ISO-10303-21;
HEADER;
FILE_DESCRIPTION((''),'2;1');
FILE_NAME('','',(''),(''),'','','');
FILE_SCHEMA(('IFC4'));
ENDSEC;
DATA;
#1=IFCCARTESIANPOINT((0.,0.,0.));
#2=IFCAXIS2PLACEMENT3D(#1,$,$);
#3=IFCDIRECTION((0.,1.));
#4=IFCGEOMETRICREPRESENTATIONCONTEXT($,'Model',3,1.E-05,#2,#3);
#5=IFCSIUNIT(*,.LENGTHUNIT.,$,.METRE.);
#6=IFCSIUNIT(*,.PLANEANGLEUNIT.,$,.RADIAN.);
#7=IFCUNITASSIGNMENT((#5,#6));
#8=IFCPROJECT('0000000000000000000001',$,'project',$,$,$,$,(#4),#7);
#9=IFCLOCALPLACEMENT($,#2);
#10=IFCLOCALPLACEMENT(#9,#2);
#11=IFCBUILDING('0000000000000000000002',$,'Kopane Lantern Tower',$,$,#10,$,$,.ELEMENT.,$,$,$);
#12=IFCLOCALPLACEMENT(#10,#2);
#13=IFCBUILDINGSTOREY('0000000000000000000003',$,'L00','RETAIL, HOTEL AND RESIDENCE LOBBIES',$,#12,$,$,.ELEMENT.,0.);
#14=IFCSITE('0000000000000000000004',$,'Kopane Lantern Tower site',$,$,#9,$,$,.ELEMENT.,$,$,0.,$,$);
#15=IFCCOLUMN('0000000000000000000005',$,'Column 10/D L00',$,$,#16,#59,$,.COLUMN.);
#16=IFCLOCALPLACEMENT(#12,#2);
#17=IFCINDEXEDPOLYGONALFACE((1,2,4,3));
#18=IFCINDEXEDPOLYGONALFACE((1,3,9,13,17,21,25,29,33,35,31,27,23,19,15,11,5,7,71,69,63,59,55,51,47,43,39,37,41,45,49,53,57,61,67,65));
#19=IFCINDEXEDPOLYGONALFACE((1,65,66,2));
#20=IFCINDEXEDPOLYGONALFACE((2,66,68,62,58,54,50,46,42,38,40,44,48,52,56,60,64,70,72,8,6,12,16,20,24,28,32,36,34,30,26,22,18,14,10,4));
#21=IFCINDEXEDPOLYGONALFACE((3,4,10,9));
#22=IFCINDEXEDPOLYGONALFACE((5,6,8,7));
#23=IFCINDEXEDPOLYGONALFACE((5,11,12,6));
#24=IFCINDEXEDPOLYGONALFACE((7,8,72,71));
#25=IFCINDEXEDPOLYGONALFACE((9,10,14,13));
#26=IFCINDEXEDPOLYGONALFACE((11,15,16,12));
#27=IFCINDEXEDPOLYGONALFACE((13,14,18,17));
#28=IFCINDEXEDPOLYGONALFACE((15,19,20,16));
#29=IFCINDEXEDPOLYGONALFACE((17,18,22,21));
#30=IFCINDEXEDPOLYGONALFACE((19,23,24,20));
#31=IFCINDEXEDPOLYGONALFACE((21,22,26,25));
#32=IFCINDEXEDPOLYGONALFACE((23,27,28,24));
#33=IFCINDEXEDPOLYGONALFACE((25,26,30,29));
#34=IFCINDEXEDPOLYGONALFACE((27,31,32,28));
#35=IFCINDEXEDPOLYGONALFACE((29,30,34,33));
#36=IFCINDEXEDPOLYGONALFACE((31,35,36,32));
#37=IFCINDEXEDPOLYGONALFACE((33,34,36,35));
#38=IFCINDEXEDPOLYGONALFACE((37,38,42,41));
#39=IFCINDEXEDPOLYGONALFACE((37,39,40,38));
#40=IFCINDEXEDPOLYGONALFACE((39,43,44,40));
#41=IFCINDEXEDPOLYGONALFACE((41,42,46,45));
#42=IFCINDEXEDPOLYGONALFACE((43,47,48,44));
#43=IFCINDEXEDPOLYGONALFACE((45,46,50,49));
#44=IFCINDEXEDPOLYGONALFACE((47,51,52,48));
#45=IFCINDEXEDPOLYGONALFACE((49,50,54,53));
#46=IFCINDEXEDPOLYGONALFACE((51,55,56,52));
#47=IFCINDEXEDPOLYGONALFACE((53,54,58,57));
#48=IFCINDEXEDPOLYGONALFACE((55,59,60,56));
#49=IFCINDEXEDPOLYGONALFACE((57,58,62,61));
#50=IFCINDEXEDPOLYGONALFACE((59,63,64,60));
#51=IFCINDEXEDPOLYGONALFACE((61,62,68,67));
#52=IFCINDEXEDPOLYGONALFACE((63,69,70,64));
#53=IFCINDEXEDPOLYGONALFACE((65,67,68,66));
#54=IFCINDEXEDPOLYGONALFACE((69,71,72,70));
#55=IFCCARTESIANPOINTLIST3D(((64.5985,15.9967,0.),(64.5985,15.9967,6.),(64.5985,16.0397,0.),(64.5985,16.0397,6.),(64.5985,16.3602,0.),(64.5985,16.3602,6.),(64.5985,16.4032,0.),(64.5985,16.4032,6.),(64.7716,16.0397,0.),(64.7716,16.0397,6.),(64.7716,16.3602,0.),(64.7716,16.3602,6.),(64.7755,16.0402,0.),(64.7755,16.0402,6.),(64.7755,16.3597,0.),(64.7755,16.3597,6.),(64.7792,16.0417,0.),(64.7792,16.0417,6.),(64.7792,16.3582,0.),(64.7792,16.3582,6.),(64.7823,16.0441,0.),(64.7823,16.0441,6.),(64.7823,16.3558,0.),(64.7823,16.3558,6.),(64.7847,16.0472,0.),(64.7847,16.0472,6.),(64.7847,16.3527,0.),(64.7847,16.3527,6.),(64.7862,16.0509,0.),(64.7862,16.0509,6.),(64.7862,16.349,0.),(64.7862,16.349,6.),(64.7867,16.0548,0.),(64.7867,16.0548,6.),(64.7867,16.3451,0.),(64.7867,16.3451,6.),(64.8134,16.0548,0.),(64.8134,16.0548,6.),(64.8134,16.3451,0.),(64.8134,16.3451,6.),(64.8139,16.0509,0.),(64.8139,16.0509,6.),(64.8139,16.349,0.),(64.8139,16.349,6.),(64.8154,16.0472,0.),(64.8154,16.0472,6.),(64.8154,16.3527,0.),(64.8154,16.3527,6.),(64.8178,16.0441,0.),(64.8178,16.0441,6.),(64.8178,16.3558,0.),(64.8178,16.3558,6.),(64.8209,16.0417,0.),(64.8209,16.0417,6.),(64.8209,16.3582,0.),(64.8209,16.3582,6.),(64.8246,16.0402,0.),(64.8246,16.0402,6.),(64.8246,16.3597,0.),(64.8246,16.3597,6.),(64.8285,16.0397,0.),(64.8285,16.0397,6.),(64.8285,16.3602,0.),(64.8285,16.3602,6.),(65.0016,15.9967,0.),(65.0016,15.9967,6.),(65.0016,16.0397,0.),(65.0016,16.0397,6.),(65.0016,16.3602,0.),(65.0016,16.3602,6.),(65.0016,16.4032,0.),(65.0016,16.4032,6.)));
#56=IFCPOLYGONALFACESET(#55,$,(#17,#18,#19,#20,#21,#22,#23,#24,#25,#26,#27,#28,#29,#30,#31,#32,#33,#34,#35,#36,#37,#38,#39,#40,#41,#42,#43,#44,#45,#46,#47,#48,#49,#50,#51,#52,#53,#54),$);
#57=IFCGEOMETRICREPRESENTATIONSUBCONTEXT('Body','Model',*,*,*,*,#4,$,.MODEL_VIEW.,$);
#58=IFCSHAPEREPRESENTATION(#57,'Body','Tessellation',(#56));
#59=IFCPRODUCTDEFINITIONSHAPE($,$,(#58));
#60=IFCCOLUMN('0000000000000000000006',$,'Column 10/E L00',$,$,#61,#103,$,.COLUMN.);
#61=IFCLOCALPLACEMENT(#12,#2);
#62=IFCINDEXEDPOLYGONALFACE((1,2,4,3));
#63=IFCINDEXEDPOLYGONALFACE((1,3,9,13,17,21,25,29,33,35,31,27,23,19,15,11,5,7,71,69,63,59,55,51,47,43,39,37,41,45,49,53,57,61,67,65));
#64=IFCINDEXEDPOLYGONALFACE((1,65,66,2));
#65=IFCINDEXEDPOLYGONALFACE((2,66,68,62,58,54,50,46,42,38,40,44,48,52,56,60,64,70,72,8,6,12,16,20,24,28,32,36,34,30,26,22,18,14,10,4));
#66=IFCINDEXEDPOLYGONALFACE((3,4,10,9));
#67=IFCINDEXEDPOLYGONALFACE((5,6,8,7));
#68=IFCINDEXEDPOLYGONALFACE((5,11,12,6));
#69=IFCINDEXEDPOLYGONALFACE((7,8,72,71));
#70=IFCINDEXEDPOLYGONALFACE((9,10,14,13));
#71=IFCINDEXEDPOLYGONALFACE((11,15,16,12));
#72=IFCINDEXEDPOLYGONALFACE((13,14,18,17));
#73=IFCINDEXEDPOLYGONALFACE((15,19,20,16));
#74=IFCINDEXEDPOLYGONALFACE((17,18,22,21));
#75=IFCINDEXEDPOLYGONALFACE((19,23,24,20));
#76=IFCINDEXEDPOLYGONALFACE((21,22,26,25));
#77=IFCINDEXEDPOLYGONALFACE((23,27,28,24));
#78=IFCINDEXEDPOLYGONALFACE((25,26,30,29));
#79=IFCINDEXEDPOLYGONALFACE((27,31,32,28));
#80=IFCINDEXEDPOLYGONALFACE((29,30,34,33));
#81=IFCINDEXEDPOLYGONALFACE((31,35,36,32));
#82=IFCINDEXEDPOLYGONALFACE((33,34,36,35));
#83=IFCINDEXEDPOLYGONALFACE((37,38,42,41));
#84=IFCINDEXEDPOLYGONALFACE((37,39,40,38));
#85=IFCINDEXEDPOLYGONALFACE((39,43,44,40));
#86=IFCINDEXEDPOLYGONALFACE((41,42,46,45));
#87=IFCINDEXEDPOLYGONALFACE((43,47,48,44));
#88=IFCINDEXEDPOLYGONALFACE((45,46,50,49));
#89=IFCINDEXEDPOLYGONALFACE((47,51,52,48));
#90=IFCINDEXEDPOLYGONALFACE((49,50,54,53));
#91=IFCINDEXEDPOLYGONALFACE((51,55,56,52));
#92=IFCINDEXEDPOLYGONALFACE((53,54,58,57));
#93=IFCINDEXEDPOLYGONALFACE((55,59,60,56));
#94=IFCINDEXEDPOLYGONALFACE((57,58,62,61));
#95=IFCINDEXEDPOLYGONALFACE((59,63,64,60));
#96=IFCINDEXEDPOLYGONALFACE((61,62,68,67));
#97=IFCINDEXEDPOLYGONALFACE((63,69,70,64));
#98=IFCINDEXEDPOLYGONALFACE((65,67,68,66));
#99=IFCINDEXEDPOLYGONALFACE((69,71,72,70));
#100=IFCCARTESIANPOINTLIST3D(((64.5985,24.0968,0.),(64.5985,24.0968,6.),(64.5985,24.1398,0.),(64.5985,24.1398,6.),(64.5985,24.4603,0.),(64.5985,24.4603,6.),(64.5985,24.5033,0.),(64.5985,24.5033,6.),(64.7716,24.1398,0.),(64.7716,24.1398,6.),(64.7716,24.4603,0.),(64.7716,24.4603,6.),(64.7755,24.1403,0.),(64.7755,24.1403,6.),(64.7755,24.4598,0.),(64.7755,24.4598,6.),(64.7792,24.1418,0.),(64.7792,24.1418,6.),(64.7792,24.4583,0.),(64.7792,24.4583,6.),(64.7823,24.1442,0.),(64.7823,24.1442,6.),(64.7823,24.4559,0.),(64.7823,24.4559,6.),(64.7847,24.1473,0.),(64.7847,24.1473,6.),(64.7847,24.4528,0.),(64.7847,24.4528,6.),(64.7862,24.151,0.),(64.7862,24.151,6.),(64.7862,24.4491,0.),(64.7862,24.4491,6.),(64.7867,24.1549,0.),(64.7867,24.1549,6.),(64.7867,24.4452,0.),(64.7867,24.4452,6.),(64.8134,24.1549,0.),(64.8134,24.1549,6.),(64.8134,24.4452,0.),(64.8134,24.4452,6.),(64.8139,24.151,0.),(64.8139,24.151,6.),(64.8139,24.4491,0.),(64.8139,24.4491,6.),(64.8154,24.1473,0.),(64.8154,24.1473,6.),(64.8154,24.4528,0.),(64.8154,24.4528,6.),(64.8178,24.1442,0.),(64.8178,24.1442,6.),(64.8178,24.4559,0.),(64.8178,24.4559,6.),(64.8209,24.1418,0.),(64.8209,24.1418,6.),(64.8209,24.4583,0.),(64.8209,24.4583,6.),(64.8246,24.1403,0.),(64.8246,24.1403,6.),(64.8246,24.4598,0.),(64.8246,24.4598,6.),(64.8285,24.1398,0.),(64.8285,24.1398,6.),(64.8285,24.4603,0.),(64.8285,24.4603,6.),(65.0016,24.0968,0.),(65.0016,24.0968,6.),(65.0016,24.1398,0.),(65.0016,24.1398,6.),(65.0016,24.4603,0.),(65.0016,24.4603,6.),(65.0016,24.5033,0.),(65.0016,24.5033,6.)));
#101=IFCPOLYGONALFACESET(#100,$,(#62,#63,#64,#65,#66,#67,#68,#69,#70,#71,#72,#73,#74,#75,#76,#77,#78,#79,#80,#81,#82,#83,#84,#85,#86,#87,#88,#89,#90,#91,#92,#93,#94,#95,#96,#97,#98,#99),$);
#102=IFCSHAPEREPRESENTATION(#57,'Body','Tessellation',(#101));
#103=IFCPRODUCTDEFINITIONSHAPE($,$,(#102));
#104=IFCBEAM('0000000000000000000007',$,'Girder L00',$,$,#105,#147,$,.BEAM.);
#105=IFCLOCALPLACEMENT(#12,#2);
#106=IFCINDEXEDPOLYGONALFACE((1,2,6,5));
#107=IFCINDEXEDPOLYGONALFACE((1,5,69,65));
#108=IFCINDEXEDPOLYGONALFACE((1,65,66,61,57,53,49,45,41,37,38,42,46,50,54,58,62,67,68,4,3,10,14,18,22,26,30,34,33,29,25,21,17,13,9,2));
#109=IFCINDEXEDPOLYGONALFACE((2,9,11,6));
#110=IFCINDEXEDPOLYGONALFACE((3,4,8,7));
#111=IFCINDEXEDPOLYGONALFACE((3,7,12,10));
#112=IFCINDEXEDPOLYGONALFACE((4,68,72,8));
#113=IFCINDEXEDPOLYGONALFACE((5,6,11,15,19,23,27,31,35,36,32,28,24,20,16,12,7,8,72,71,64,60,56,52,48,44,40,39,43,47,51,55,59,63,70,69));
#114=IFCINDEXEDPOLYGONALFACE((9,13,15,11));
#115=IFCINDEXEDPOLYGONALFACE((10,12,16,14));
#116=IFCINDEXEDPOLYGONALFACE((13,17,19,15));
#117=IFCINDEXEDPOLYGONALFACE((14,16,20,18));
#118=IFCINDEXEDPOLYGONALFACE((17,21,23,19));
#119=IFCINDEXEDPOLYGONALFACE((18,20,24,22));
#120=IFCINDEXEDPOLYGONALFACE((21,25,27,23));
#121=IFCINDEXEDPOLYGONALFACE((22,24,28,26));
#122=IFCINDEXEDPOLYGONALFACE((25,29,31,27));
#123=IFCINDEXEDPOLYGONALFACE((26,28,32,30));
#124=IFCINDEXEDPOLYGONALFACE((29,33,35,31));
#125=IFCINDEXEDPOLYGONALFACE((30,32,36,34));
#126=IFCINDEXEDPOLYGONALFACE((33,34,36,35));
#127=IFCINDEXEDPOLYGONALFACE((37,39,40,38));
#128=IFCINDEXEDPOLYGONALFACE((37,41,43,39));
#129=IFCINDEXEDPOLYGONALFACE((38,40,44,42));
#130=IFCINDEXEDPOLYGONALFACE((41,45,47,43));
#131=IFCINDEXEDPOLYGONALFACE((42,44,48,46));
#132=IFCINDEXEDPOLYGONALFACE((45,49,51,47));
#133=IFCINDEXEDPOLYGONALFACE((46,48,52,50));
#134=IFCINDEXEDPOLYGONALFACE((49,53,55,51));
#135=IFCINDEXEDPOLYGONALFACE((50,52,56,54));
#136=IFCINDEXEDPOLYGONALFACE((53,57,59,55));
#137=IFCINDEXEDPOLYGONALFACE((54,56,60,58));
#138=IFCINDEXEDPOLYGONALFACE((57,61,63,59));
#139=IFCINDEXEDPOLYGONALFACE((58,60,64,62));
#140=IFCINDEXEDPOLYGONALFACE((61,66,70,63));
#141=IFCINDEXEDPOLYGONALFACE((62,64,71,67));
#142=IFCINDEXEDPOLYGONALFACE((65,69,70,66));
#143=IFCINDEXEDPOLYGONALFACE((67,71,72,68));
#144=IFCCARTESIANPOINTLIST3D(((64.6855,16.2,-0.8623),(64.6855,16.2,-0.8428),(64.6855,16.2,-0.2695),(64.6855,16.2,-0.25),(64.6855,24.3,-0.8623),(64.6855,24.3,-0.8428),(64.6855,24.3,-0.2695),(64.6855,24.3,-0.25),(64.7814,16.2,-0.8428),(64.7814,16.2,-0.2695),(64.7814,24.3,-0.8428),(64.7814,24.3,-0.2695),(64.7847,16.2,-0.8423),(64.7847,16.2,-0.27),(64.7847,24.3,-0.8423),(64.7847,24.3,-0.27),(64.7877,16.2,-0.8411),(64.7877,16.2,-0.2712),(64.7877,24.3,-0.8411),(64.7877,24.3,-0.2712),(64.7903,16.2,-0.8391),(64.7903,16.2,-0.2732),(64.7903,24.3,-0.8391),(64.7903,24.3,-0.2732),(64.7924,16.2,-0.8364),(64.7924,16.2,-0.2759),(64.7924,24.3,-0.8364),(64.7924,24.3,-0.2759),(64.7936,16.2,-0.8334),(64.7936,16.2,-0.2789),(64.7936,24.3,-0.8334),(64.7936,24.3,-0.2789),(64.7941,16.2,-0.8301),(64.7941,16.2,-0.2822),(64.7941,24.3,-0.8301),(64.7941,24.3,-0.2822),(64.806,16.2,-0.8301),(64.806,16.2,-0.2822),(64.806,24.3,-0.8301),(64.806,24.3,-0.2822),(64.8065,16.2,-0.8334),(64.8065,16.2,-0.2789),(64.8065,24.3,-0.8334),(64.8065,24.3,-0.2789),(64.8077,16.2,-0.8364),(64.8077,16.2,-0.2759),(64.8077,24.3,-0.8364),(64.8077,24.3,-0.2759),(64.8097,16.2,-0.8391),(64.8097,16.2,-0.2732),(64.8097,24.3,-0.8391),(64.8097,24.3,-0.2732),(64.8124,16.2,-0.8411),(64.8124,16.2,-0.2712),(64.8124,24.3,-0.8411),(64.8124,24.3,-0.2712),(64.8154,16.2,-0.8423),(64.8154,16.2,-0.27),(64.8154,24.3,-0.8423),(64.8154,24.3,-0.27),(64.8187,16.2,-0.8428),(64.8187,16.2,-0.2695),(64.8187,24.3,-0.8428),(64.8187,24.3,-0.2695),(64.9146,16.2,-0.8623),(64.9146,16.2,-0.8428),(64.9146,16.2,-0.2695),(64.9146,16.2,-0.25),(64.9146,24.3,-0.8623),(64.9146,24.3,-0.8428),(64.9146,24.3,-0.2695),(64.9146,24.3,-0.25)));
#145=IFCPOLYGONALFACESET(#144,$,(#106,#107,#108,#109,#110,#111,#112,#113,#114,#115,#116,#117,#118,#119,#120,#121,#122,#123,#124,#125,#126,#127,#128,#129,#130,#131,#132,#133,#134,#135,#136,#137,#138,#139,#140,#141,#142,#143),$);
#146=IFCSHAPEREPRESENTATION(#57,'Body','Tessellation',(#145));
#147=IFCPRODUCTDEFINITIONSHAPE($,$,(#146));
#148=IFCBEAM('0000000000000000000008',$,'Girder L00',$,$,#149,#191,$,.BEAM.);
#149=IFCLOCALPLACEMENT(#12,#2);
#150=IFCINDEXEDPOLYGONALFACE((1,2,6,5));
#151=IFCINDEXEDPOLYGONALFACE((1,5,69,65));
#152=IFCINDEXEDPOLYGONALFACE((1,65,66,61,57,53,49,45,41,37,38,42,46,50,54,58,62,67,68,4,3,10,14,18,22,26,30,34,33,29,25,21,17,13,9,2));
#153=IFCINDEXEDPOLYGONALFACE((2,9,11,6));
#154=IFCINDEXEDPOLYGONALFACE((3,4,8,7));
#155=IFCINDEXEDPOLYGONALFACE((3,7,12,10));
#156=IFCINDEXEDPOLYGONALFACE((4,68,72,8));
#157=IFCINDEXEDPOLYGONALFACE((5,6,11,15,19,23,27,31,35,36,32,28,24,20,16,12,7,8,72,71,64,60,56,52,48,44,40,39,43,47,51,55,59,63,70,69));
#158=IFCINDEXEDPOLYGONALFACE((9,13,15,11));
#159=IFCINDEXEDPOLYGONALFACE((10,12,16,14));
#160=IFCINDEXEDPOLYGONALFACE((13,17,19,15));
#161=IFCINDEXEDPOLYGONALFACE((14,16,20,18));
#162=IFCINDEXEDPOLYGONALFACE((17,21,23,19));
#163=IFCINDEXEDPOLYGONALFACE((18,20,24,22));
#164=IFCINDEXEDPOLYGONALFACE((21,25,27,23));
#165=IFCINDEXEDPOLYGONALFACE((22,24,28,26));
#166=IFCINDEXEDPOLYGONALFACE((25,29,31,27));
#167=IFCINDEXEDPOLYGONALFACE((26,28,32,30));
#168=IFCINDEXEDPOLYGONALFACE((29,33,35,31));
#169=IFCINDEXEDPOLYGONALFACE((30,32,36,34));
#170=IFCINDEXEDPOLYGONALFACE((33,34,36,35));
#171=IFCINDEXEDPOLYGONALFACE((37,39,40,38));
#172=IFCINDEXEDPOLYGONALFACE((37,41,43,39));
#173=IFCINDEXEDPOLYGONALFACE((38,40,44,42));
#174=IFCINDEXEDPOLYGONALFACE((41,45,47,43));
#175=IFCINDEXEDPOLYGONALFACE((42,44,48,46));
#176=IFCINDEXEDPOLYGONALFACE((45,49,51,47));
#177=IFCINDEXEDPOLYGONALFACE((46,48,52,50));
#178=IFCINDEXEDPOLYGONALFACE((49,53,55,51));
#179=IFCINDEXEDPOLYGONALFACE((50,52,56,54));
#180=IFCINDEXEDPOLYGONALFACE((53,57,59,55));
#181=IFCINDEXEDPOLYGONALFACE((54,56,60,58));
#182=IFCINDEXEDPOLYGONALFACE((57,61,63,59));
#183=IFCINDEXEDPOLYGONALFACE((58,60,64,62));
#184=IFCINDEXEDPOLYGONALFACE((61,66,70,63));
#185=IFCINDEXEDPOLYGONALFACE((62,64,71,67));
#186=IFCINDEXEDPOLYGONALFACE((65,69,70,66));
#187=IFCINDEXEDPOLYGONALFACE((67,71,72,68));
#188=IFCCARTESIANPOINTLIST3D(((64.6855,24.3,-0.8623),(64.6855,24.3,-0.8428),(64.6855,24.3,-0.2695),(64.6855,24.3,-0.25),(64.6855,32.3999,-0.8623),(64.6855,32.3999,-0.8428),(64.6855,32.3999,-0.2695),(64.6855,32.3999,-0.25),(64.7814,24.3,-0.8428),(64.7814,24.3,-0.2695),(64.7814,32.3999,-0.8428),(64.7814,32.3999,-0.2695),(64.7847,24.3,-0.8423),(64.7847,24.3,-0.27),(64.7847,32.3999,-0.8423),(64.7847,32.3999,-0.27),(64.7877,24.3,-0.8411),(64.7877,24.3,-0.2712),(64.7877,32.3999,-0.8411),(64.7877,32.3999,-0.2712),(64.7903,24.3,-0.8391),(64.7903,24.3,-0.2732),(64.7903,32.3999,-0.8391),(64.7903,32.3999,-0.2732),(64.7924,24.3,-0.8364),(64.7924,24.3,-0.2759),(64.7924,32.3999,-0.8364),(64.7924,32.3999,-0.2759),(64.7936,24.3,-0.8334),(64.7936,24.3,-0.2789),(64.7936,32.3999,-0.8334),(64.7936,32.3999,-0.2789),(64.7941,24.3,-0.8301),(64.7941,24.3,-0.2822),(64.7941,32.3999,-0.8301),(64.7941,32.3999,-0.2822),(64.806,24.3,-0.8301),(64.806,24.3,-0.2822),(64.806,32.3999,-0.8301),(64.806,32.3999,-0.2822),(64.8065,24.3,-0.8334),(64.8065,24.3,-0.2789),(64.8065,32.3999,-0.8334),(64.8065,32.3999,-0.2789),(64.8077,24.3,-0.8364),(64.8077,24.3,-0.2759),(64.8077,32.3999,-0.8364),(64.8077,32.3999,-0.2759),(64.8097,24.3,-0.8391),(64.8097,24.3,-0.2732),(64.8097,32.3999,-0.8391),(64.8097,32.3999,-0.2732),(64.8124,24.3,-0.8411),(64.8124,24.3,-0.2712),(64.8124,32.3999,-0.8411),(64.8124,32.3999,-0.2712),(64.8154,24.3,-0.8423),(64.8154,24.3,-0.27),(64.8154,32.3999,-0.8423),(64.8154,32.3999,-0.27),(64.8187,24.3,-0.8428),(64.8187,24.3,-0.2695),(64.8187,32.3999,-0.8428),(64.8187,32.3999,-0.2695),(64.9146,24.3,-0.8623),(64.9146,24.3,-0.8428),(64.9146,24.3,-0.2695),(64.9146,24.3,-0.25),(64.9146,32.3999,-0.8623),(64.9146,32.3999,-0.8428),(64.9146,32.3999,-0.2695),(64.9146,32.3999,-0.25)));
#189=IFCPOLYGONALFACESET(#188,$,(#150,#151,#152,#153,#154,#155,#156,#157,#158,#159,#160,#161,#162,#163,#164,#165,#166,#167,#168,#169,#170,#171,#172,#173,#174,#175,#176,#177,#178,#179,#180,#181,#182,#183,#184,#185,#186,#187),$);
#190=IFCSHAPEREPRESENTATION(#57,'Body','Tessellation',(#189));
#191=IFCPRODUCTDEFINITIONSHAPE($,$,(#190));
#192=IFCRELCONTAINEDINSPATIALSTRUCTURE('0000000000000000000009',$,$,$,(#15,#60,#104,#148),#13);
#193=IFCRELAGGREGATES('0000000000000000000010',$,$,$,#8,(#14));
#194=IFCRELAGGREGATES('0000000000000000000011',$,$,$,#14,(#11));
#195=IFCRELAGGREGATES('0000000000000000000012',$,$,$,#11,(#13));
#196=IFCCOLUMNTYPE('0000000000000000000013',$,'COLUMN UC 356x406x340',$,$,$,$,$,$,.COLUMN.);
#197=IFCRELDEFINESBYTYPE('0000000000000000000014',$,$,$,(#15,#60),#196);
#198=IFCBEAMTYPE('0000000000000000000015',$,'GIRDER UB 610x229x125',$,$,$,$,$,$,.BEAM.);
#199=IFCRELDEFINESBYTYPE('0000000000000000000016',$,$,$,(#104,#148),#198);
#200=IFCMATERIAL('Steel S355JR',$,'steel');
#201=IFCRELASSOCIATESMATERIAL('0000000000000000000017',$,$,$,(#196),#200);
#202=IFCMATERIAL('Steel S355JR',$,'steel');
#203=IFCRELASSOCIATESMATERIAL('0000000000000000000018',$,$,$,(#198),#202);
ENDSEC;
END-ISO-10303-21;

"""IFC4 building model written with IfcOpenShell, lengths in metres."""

from ifc_helpers import new_model, si_unit, direction, frame, origin, origin_2d, place, context, subcontext, project, spatial, i_section, extrude, material, material_profile, profile_set, type_object, element, save


model = new_model("IFC4")

# Units and contexts
model_context = context("Model", 3, precision=1e-05, world=origin(), true_north=direction((0.0, 1.0)))
body_context = subcontext(model_context, "Body", "Model", "MODEL_VIEW")
ifc_project = project(units=[si_unit("LENGTHUNIT", "METRE"), si_unit("PLANEANGLEUNIT", "RADIAN")], contexts=[model_context])

# Site, building, storey
site_placement = place(None, origin())
site = spatial("IfcSite", under=ifc_project, at=site_placement, Name="Kopane Lantern Tower site", CompositionType="ELEMENT", RefElevation=0.0)
building_placement = place(site_placement, origin())
building = spatial("IfcBuilding", under=site, at=building_placement, Name="Kopane Lantern Tower", CompositionType="ELEMENT")
storey_placement = place(building_placement, origin())
storey = spatial("IfcBuildingStorey", under=building, at=storey_placement, Name="L00", Description="RETAIL, HOTEL AND RESIDENCE LOBBIES", CompositionType="ELEMENT", Elevation=0.0)

# Columns
ifc_material_1 = material(Name="Steel S355JR", Category="steel")
ifc_material_profile_1 = material_profile(ifc_material_1, i_section(OverallWidth=0.4031, OverallDepth=0.4065, WebThickness=0.0266, FlangeThickness=0.043, FilletRadius=0.0151, at=origin_2d()), Name="UC 356x406x340")
ifc_profile_set_1 = profile_set([ifc_material_profile_1], Name="Steel S355JR")
column_type = type_object("IfcColumnType", Name="COLUMN UC 356x406x340", PredefinedType="COLUMN", material=ifc_profile_set_1)
for number, where, z_axis, x_axis, name in (
    (1, (64.8, 16.2, 0.0), (0.0, 0.0, 1.0), (1.0, 0.0, 0.0), "Column 10/D L00"),
    (2, (64.8, 24.3, 0.0), (0.0, 0.0, 1.0), (1.0, 0.0, 0.0), "Column 10/E L00"),
):
    element("IfcColumn", number, at=place(storey_placement, frame(where, z_axis=z_axis, x_axis=x_axis)), inside=storey, type_object=column_type, Name=name, PredefinedType="COLUMN", context=body_context, shape_type="SweptSolid", body=[
        extrude(i_section(OverallWidth=0.4031, OverallDepth=0.4065, WebThickness=0.0266, FlangeThickness=0.043, FilletRadius=0.0151, at=origin_2d()), origin(), (0.0, 0.0, 1.0), 6.0),
    ])

# Beams
ifc_material_2 = material(Name="Steel S355JR", Category="steel")
ifc_material_profile_2 = material_profile(ifc_material_2, i_section(OverallWidth=0.229, OverallDepth=0.6123, WebThickness=0.012, FlangeThickness=0.0195, FilletRadius=0.0127, at=origin_2d()), Name="UB 610x229x125")
ifc_profile_set_2 = profile_set([ifc_material_profile_2], Name="Steel S355JR")
beam_type = type_object("IfcBeamType", Name="GIRDER UB 610x229x125", PredefinedType="BEAM", material=ifc_profile_set_2)
beam_1_placement = place(storey_placement, frame((64.8, 16.2, -0.5562), z_axis=(0.0, 1.0, 0.0), x_axis=(-1.0, 0.0, 0.0)))
element("IfcBeam", 3, at=beam_1_placement, inside=storey, type_object=beam_type, Name="Girder L00", PredefinedType="BEAM", context=body_context, shape_type="SweptSolid", body=[
    extrude(i_section(OverallWidth=0.229, OverallDepth=0.6123, WebThickness=0.012, FlangeThickness=0.0195, FilletRadius=0.0127, at=origin_2d()), origin(), (0.0, 0.0, 1.0), 8.1001),
])
beam_2_placement = place(storey_placement, frame((64.8, 24.3, -0.5562), z_axis=(0.0, 1.0, 0.0), x_axis=(-1.0, 0.0, 0.0)))
element("IfcBeam", 4, at=beam_2_placement, inside=storey, type_object=beam_type, Name="Girder L00", PredefinedType="BEAM", context=body_context, shape_type="SweptSolid", body=[
    extrude(i_section(OverallWidth=0.229, OverallDepth=0.6123, WebThickness=0.012, FlangeThickness=0.0195, FilletRadius=0.0127, at=origin_2d()), origin(), (0.0, 0.0, 1.0), 8.0999),
])

save(model, "model.ifc")
